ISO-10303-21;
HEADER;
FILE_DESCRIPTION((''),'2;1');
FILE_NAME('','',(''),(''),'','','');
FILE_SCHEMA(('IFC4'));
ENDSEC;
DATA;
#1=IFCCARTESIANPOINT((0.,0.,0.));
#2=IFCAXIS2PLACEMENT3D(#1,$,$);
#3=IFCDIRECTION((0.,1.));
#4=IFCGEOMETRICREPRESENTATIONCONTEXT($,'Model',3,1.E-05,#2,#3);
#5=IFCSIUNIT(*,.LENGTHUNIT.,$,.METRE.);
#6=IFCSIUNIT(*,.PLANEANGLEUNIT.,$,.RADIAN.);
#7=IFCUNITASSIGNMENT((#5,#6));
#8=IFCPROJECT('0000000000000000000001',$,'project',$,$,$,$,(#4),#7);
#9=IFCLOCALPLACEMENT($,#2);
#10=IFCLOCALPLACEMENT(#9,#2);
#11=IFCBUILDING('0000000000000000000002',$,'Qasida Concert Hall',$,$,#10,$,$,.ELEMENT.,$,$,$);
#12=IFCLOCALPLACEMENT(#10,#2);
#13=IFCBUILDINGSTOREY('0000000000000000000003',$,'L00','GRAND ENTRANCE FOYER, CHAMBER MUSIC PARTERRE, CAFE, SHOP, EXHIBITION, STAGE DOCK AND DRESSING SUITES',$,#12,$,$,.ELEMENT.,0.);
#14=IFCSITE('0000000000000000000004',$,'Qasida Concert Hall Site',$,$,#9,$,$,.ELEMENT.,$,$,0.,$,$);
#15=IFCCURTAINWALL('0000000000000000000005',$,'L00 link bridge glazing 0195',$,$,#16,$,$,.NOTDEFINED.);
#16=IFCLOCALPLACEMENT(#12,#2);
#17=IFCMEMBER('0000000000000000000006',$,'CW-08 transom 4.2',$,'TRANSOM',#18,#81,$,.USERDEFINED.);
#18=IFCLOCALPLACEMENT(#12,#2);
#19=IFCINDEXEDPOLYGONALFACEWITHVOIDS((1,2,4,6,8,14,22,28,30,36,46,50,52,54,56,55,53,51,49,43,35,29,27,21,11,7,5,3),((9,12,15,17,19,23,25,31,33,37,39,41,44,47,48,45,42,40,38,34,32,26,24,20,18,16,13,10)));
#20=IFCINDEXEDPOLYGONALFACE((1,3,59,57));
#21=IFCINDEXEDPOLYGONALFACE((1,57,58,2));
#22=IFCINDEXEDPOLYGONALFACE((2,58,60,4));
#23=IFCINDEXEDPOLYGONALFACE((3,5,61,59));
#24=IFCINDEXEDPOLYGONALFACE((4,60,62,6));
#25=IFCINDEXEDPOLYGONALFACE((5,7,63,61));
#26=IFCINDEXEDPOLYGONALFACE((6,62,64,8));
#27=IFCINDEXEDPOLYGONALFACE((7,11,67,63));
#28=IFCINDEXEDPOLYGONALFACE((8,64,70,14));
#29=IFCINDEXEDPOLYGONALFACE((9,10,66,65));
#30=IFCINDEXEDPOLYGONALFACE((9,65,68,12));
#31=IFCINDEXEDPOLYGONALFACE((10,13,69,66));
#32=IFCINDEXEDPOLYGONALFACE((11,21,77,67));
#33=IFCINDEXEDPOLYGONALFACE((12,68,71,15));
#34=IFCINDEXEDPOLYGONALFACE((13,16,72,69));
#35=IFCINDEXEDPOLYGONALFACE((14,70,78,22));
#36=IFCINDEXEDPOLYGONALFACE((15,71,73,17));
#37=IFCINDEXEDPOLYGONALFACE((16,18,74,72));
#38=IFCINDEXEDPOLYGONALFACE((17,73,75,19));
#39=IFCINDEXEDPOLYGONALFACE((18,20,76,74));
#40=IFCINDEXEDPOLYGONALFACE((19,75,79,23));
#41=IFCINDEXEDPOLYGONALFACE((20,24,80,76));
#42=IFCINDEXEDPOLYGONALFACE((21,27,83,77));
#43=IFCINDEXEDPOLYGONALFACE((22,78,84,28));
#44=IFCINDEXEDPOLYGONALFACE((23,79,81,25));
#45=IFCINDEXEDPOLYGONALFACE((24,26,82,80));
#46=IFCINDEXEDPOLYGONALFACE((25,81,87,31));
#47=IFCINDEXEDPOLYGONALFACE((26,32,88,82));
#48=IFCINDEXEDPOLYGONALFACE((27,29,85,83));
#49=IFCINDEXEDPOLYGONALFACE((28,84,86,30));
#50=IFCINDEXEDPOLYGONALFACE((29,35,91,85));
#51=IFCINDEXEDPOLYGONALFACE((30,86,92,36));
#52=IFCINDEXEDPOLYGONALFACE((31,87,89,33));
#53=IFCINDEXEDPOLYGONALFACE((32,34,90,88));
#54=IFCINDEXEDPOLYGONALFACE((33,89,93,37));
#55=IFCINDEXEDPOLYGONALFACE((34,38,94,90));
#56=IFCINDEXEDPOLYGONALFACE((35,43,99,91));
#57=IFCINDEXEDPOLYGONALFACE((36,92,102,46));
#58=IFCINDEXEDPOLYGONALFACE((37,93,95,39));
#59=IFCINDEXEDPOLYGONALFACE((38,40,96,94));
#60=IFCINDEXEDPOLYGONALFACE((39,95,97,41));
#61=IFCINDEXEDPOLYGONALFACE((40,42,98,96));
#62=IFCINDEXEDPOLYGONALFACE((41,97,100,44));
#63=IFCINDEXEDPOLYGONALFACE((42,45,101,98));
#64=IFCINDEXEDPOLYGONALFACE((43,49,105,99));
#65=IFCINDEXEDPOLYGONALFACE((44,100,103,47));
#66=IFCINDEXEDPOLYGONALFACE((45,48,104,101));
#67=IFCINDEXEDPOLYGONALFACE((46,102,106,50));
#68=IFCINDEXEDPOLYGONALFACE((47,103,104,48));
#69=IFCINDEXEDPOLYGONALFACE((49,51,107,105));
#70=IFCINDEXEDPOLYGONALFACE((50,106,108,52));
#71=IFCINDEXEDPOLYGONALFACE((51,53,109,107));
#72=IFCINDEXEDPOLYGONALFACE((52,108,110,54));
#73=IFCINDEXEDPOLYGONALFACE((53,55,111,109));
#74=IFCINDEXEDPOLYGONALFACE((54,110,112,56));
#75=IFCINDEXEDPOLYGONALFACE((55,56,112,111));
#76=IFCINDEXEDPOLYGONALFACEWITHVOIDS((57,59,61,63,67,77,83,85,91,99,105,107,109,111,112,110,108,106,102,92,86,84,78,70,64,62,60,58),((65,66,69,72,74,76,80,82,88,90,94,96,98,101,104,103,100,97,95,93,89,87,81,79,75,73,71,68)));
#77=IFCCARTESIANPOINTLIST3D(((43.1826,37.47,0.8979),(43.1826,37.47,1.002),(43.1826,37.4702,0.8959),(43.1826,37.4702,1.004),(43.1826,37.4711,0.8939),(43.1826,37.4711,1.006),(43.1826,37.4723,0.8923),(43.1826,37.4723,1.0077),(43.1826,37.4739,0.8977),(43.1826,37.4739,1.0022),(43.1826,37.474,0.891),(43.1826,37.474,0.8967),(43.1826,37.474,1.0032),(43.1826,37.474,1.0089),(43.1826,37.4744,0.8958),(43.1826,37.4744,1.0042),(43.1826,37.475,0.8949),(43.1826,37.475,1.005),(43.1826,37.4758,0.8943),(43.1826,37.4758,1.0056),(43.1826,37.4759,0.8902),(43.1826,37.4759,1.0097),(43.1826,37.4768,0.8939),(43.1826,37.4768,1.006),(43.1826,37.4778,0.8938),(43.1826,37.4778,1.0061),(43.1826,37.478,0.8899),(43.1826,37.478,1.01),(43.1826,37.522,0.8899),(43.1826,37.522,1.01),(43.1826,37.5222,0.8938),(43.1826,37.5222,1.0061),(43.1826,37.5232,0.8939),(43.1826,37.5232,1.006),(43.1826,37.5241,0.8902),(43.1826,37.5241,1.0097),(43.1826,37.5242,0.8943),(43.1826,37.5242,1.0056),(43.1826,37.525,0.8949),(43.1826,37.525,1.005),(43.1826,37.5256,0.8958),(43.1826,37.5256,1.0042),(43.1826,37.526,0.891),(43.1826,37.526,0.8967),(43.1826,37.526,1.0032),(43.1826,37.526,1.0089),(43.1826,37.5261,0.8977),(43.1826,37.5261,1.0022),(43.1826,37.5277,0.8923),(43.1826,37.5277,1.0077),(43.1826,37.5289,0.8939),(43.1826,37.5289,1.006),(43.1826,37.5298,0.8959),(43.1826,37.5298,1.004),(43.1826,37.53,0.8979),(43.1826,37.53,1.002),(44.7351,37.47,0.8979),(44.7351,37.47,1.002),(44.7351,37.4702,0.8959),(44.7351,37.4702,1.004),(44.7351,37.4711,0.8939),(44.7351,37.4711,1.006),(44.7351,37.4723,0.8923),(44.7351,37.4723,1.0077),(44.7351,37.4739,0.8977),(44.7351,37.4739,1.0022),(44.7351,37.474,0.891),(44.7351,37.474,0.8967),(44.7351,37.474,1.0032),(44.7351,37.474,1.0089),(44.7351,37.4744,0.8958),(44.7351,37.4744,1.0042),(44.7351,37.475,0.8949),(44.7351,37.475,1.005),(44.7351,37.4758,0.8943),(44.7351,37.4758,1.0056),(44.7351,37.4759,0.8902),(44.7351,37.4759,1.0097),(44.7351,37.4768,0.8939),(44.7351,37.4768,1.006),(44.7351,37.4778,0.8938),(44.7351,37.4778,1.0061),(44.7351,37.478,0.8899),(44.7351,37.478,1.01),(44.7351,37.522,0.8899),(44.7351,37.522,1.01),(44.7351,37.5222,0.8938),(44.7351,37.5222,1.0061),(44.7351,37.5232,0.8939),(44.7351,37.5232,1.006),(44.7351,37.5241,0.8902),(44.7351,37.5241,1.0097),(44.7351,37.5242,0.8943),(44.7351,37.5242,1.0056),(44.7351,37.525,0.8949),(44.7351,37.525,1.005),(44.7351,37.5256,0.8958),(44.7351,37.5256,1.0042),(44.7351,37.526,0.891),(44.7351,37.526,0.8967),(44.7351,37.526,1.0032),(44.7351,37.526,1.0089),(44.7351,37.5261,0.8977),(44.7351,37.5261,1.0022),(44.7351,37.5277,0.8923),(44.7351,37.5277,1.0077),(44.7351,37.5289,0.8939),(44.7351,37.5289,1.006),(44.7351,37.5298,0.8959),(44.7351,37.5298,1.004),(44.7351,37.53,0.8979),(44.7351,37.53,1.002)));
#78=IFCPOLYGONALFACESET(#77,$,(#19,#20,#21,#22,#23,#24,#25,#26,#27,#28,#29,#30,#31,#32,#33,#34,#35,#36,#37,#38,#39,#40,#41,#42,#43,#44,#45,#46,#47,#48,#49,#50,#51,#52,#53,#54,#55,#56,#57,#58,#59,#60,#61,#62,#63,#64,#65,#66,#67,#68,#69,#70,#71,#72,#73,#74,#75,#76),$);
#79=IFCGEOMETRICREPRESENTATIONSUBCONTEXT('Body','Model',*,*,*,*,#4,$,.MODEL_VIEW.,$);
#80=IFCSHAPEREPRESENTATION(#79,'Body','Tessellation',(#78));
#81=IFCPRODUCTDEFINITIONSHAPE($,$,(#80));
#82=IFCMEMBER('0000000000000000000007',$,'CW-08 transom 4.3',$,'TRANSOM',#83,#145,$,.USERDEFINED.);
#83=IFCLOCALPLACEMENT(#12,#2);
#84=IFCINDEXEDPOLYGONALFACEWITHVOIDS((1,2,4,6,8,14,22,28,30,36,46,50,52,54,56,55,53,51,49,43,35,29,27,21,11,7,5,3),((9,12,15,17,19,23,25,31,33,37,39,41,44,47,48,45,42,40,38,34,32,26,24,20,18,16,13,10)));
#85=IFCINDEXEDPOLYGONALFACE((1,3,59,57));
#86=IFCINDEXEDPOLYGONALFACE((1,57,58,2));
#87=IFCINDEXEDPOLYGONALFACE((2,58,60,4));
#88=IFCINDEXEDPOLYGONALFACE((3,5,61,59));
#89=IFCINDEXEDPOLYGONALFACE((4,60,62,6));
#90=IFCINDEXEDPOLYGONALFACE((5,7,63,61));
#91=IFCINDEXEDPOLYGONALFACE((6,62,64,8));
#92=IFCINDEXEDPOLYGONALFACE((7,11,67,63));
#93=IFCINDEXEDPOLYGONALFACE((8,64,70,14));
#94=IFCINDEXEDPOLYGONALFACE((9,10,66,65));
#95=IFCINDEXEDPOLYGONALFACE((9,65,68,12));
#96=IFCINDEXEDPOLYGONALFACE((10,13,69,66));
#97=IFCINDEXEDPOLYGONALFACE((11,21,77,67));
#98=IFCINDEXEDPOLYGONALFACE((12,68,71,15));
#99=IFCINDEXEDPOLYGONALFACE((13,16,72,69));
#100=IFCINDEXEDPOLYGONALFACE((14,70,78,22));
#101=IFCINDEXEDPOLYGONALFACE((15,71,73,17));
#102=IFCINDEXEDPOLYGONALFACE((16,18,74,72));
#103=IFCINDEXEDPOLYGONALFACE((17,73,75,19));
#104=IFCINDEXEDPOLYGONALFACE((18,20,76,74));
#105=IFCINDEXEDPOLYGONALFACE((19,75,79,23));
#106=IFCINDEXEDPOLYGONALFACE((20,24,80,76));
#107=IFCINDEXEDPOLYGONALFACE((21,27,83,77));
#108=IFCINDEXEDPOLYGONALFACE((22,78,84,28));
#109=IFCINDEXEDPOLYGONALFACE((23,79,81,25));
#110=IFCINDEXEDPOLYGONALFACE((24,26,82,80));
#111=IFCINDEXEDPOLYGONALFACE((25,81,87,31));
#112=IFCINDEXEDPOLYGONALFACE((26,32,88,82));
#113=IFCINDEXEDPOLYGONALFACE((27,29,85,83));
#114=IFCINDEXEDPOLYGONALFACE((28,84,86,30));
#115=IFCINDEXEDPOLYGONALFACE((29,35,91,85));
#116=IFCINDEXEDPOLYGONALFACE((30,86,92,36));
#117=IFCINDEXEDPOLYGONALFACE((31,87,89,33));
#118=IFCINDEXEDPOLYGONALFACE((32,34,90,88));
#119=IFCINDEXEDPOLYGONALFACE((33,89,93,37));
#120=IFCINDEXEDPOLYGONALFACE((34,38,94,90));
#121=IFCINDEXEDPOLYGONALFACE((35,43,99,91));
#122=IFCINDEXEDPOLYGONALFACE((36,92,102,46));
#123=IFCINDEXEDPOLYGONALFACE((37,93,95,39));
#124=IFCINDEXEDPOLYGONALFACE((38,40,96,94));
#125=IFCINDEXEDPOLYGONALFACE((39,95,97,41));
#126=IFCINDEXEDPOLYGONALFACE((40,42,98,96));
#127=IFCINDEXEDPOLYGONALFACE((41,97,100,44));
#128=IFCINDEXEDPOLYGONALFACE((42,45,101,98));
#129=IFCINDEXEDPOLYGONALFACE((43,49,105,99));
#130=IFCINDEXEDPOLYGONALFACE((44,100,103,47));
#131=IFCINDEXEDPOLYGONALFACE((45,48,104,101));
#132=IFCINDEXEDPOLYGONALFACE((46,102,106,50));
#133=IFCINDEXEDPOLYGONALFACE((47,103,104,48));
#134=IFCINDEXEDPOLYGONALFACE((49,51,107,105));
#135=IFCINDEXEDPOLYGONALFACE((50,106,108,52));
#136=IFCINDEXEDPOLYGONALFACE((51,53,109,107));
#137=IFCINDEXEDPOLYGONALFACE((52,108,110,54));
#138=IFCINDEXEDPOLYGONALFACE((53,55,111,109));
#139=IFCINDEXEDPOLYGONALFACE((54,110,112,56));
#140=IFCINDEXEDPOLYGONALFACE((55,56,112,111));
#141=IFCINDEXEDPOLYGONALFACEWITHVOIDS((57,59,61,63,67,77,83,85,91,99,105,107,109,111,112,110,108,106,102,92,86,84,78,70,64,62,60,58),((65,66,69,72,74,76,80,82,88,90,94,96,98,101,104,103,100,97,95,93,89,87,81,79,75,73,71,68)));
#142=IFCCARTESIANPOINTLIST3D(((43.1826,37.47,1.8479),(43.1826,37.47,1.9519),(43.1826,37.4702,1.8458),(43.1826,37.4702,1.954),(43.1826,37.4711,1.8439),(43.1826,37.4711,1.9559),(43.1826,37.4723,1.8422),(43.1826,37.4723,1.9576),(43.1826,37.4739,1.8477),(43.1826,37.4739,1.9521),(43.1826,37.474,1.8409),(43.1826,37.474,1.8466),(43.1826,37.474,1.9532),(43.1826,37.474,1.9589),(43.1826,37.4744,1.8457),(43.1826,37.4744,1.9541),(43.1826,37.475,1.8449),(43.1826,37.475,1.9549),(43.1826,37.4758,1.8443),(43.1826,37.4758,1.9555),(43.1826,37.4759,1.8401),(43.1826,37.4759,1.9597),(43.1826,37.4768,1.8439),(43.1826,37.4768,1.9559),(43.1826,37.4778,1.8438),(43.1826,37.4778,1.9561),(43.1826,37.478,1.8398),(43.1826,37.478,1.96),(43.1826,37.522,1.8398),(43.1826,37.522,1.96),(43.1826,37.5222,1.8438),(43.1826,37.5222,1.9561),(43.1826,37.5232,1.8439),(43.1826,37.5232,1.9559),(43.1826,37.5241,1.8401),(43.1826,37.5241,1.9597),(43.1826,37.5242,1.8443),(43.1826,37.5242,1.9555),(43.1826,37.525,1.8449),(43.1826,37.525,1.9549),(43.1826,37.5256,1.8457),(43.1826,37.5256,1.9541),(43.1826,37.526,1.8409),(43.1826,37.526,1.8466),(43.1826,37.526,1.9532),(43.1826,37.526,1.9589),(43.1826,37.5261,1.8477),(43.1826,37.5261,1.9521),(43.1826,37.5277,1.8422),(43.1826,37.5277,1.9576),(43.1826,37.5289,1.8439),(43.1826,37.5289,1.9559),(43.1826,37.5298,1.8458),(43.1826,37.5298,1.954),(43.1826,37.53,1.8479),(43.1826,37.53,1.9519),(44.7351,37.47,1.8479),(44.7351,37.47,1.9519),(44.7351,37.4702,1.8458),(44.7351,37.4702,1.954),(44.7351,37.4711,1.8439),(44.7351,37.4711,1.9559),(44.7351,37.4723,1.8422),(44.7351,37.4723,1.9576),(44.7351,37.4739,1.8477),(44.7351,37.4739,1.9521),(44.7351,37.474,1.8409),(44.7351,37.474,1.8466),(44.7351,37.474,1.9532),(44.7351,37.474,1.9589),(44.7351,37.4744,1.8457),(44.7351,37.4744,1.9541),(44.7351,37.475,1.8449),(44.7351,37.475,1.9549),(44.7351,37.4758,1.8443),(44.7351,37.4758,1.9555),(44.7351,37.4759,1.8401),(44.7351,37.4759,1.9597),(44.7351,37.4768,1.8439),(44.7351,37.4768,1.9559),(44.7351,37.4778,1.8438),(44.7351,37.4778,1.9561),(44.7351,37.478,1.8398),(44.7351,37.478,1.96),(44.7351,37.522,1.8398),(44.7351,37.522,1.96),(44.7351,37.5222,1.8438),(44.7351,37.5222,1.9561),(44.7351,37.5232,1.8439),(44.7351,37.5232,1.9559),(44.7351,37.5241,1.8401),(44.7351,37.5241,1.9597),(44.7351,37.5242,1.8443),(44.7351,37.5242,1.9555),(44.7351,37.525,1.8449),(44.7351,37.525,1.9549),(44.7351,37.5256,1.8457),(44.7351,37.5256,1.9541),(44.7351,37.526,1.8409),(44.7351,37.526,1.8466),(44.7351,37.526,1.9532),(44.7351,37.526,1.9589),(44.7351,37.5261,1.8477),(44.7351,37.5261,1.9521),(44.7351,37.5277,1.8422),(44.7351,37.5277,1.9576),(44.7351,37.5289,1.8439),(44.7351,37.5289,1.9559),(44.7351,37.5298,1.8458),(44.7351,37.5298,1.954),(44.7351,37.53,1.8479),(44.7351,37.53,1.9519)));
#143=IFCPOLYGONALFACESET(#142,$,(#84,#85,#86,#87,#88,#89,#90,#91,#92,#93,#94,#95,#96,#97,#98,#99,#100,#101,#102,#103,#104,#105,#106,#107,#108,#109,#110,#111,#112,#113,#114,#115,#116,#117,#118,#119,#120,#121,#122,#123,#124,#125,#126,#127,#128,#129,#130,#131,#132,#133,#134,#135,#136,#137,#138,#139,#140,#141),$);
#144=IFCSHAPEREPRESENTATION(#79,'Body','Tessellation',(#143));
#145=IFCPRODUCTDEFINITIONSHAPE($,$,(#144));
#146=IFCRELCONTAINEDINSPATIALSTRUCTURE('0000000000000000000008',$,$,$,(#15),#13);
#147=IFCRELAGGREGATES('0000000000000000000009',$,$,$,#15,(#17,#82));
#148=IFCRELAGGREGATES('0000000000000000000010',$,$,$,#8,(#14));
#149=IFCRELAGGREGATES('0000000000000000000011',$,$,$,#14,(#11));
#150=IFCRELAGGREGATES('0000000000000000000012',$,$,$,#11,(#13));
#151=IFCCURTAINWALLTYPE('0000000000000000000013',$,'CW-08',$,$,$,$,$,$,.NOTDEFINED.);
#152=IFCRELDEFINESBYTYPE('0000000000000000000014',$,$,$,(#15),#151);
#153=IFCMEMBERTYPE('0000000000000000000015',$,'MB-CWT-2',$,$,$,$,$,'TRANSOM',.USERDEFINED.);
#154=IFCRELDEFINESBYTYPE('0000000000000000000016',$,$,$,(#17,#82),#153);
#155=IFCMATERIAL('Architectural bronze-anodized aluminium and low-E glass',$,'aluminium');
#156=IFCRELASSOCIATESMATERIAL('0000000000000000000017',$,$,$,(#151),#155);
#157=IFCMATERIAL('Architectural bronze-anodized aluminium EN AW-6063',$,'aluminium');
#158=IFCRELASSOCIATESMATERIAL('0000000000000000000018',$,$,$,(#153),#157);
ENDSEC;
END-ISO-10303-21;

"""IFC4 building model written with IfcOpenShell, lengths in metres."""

from ifc_helpers import new_model, si_unit, direction, frame, origin, origin_2d, place, context, subcontext, project, spatial, hollow_rectangle, extrude, material, material_profile, profile_set, type_object, element, aggregate, save


model = new_model("IFC4")

# Units and contexts
model_context = context("Model", 3, precision=1e-05, world=origin(), true_north=direction((0.0, 1.0)))
body_context = subcontext(model_context, "Body", "Model", "MODEL_VIEW")
ifc_project = project(units=[si_unit("LENGTHUNIT", "METRE"), si_unit("PLANEANGLEUNIT", "RADIAN")], contexts=[model_context])

# Site, building, storey
site_placement = place(None, origin())
site = spatial("IfcSite", under=ifc_project, at=site_placement, Name="Qasida Concert Hall Site", CompositionType="ELEMENT", RefElevation=0.0)
building_placement = place(site_placement, origin())
building = spatial("IfcBuilding", under=site, at=building_placement, Name="Qasida Concert Hall", CompositionType="ELEMENT")
storey_placement = place(building_placement, origin())
storey = spatial("IfcBuildingStorey", under=building, at=storey_placement, Name="L00", Description="GRAND ENTRANCE FOYER, CHAMBER MUSIC PARTERRE, CAFE, SHOP, EXHIBITION, STAGE DOCK AND DRESSING SUITES", CompositionType="ELEMENT", Elevation=0.0)

# Curtain wall
ifc_material_1 = material(Name="Architectural bronze-anodized aluminium and low-E glass", Category="aluminium")
curtain_wall_type = type_object("IfcCurtainWallType", Name="CW-08", PredefinedType="NOTDEFINED", material=ifc_material_1)
curtain_wall_1_placement = place(storey_placement, origin())
curtain_wall_1 = element("IfcCurtainWall", 1, at=curtain_wall_1_placement, inside=storey, type_object=curtain_wall_type, Name="L00 link bridge glazing 0195", PredefinedType="NOTDEFINED")
ifc_material_2 = material(Name="Architectural bronze-anodized aluminium EN AW-6063", Category="aluminium")

# Members
ifc_material_profile_1 = material_profile(ifc_material_2, hollow_rectangle(XDim=0.0601, YDim=0.1201, WallThickness=0.0039, InnerFilletRadius=0.0039, OuterFilletRadius=0.0081, at=origin_2d()), Name="CWT 120x60x4")
ifc_profile_set_1 = profile_set([ifc_material_profile_1], Name="Architectural bronze-anodized aluminium EN AW-6063")
member_type_1 = type_object("IfcMemberType", Name="MB-CWT-2", ElementType="TRANSOM", PredefinedType="USERDEFINED", material=ifc_profile_set_1)
member_1_placement = place(storey_placement, frame((43.1826, 37.5, 0.95), z_axis=(1.0, 0.0, 0.0), x_axis=(0.0, 1.0, 0.0)))
member_1 = element("IfcMember", 2, at=member_1_placement, type_object=member_type_1, Name="CW-08 transom 4.2", ObjectType="TRANSOM", PredefinedType="USERDEFINED", context=body_context, shape_type="SweptSolid", body=[
    extrude(hollow_rectangle(XDim=0.0601, YDim=0.1201, WallThickness=0.0039, InnerFilletRadius=0.0039, OuterFilletRadius=0.0081, at=origin_2d()), origin(), (0.0, 0.0, 1.0), 1.5525),
])
member_2_placement = place(storey_placement, frame((43.1826, 37.5, 1.8999), z_axis=(1.0, 0.0, 0.0), x_axis=(0.0, 1.0, 0.0)))
member_2 = element("IfcMember", 3, at=member_2_placement, type_object=member_type_1, Name="CW-08 transom 4.3", ObjectType="TRANSOM", PredefinedType="USERDEFINED", context=body_context, shape_type="SweptSolid", body=[
    extrude(hollow_rectangle(XDim=0.0601, YDim=0.1201, WallThickness=0.0039, InnerFilletRadius=0.0039, OuterFilletRadius=0.0081, at=origin_2d()), origin(), (0.0, 0.0, 1.0), 1.5525),
])

aggregate(curtain_wall_1, [member_1, member_2])

save(model, "model.ifc")
